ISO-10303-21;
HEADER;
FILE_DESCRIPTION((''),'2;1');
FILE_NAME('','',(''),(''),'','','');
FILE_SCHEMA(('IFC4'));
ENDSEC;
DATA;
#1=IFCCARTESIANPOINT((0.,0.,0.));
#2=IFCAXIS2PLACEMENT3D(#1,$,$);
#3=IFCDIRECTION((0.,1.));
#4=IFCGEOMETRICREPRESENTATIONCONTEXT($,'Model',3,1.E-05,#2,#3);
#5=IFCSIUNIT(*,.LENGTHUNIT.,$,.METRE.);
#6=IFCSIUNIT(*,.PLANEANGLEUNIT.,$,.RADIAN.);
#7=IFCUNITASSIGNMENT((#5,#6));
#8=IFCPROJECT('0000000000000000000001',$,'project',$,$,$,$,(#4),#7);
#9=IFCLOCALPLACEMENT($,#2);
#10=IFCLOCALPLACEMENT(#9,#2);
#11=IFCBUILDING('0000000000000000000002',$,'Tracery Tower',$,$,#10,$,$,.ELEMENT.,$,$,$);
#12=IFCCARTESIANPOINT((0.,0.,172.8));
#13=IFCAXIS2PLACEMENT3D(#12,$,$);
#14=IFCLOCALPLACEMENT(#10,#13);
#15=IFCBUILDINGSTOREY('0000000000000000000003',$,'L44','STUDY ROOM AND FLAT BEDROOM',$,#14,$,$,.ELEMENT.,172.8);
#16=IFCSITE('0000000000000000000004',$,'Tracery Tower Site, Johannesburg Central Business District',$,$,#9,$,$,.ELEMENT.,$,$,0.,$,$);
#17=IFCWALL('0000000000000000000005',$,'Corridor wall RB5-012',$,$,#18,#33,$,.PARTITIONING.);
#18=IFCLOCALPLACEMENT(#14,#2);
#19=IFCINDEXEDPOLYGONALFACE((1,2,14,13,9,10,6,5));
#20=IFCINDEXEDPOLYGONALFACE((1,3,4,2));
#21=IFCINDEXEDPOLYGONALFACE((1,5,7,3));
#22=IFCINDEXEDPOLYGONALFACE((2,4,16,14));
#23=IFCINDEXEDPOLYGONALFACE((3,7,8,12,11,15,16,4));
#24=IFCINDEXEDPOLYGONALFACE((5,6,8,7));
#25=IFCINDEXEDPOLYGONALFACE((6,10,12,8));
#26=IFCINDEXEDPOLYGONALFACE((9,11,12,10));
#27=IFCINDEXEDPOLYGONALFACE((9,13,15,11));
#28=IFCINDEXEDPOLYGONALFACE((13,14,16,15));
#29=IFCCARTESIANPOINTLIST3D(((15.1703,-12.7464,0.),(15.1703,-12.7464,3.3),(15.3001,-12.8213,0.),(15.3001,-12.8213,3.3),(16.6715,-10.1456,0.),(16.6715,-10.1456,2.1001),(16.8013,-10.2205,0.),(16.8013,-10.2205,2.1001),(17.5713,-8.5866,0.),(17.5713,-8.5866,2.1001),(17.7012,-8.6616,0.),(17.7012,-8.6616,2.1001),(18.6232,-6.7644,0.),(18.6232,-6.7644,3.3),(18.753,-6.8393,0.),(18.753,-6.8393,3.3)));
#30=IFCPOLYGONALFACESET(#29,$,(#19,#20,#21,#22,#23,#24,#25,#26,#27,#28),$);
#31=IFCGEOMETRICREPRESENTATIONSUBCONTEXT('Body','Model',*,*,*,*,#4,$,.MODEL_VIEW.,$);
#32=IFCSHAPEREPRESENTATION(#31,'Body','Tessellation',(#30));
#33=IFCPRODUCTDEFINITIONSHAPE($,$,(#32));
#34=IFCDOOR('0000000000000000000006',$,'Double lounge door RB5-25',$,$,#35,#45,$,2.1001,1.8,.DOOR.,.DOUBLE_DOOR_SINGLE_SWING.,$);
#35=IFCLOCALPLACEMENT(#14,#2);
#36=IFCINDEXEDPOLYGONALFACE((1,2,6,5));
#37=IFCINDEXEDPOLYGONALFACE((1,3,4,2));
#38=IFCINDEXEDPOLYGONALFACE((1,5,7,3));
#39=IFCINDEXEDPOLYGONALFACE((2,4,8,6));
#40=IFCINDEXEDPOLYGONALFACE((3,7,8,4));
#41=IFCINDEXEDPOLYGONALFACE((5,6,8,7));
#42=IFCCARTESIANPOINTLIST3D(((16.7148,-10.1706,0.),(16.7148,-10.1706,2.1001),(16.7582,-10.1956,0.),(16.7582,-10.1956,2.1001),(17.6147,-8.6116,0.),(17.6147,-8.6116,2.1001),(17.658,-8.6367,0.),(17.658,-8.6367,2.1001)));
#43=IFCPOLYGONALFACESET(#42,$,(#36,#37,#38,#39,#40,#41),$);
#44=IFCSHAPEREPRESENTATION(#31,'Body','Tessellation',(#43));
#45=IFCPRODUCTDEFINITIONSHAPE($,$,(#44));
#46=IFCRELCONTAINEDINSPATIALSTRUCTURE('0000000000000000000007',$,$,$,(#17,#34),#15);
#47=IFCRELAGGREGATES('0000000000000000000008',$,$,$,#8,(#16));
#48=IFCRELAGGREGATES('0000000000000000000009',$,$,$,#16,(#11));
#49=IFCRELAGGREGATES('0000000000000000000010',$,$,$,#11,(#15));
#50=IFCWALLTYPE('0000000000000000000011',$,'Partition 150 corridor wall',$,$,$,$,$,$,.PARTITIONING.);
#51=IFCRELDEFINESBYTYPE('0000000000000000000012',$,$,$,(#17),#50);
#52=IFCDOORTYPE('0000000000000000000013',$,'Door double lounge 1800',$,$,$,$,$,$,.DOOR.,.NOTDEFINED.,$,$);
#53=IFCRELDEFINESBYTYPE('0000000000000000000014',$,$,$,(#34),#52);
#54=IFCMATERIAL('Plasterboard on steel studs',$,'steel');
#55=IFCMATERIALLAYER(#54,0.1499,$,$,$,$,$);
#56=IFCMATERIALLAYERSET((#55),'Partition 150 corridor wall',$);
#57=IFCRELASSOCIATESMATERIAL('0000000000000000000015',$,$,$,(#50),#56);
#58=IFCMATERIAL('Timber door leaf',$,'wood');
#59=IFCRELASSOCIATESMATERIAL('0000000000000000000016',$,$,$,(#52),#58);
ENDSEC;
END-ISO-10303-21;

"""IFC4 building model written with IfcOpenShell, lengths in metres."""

from ifc_helpers import new_model, si_unit, direction, frame, frame_2d, origin, place, context, subcontext, project, spatial, rectangle, extrude, material, layer, layer_set, type_object, element, fill, save


model = new_model("IFC4")

# Units and contexts
model_context = context("Model", 3, precision=1e-05, world=origin(), true_north=direction((0.0, 1.0)))
body_context = subcontext(model_context, "Body", "Model", "MODEL_VIEW")
ifc_project = project(units=[si_unit("LENGTHUNIT", "METRE"), si_unit("PLANEANGLEUNIT", "RADIAN")], contexts=[model_context])

# Site, building, storey
site_placement = place(None, origin())
site = spatial("IfcSite", under=ifc_project, at=site_placement, Name="Tracery Tower Site, Johannesburg Central Business District", CompositionType="ELEMENT", RefElevation=0.0)
building_placement = place(site_placement, origin())
building = spatial("IfcBuilding", under=site, at=building_placement, Name="Tracery Tower", CompositionType="ELEMENT")
storey_placement = place(building_placement, frame((0.0, 0.0, 172.8)))
storey = spatial("IfcBuildingStorey", under=building, at=storey_placement, Name="L44", Description="STUDY ROOM AND FLAT BEDROOM", CompositionType="ELEMENT", Elevation=172.8)

# Shared definitions
ifc_material_1 = material(Name="Plasterboard on steel studs", Category="steel")
ifc_layer_1 = layer(ifc_material_1, 0.1499)
ifc_layer_set_1 = layer_set([ifc_layer_1], Name="Partition 150 corridor wall")
wall_type_1 = type_object("IfcWallType", Name="Partition 150 corridor wall", PredefinedType="PARTITIONING", material=ifc_layer_set_1)

# Wall, opening, door
wall_1_placement = place(storey_placement, frame((15.2351, -12.7839, 0.0), z_axis=(0.0, 0.0, 1.0), x_axis=(0.499914, 0.866075, 0.0)))
wall_1 = element("IfcWall", 1, at=wall_1_placement, inside=storey, type_object=wall_type_1, Name="Corridor wall RB5-012", PredefinedType="PARTITIONING", context=body_context, shape_type="SweptSolid", body=[
    extrude(rectangle(XDim=6.907, YDim=0.1499, at=frame_2d((3.4536, 0.0))), origin(), (0.0, 0.0, 1.0), 3.3),
])
opening_1_placement = place(wall_1_placement, frame((3.0032, 0.0, 0.0)))
opening_1 = element("IfcOpeningElement", 2, at=opening_1_placement, cuts=wall_1, PredefinedType="OPENING", context=body_context, shape_type="SweptSolid", body=[
    extrude(rectangle(XDim=1.8, YDim=2.1001, at=frame_2d((0.8999, 1.05))), frame((0.0, 0.075, 0.0), z_axis=(0.0, -1.0, 0.0), x_axis=(1.0, 0.0, 0.0)), (0.0, 0.0, 1.0), 0.1499),
])
ifc_material_2 = material(Name="Timber door leaf", Category="wood")
door_type_1 = type_object("IfcDoorType", Name="Door double lounge 1800", OperationType="NOTDEFINED", PredefinedType="DOOR", material=ifc_material_2)
door_1_placement = place(opening_1_placement, origin())
door_1 = element("IfcDoor", 3, at=door_1_placement, inside=storey, type_object=door_type_1, Name="Double lounge door RB5-25", OperationType="DOUBLE_DOOR_SINGLE_SWING", OverallHeight=2.1001, OverallWidth=1.8, PredefinedType="DOOR", context=body_context, shape_type="SweptSolid", body=[
    extrude(rectangle(XDim=1.8, YDim=2.1001, at=frame_2d((0.8999, 1.05))), frame((0.0, 0.0249, 0.0), z_axis=(0.0, -1.0, 0.0), x_axis=(1.0, 0.0, 0.0)), (0.0, 0.0, 1.0), 0.05),
])
fill(opening_1, door_1)

save(model, "model.ifc")
